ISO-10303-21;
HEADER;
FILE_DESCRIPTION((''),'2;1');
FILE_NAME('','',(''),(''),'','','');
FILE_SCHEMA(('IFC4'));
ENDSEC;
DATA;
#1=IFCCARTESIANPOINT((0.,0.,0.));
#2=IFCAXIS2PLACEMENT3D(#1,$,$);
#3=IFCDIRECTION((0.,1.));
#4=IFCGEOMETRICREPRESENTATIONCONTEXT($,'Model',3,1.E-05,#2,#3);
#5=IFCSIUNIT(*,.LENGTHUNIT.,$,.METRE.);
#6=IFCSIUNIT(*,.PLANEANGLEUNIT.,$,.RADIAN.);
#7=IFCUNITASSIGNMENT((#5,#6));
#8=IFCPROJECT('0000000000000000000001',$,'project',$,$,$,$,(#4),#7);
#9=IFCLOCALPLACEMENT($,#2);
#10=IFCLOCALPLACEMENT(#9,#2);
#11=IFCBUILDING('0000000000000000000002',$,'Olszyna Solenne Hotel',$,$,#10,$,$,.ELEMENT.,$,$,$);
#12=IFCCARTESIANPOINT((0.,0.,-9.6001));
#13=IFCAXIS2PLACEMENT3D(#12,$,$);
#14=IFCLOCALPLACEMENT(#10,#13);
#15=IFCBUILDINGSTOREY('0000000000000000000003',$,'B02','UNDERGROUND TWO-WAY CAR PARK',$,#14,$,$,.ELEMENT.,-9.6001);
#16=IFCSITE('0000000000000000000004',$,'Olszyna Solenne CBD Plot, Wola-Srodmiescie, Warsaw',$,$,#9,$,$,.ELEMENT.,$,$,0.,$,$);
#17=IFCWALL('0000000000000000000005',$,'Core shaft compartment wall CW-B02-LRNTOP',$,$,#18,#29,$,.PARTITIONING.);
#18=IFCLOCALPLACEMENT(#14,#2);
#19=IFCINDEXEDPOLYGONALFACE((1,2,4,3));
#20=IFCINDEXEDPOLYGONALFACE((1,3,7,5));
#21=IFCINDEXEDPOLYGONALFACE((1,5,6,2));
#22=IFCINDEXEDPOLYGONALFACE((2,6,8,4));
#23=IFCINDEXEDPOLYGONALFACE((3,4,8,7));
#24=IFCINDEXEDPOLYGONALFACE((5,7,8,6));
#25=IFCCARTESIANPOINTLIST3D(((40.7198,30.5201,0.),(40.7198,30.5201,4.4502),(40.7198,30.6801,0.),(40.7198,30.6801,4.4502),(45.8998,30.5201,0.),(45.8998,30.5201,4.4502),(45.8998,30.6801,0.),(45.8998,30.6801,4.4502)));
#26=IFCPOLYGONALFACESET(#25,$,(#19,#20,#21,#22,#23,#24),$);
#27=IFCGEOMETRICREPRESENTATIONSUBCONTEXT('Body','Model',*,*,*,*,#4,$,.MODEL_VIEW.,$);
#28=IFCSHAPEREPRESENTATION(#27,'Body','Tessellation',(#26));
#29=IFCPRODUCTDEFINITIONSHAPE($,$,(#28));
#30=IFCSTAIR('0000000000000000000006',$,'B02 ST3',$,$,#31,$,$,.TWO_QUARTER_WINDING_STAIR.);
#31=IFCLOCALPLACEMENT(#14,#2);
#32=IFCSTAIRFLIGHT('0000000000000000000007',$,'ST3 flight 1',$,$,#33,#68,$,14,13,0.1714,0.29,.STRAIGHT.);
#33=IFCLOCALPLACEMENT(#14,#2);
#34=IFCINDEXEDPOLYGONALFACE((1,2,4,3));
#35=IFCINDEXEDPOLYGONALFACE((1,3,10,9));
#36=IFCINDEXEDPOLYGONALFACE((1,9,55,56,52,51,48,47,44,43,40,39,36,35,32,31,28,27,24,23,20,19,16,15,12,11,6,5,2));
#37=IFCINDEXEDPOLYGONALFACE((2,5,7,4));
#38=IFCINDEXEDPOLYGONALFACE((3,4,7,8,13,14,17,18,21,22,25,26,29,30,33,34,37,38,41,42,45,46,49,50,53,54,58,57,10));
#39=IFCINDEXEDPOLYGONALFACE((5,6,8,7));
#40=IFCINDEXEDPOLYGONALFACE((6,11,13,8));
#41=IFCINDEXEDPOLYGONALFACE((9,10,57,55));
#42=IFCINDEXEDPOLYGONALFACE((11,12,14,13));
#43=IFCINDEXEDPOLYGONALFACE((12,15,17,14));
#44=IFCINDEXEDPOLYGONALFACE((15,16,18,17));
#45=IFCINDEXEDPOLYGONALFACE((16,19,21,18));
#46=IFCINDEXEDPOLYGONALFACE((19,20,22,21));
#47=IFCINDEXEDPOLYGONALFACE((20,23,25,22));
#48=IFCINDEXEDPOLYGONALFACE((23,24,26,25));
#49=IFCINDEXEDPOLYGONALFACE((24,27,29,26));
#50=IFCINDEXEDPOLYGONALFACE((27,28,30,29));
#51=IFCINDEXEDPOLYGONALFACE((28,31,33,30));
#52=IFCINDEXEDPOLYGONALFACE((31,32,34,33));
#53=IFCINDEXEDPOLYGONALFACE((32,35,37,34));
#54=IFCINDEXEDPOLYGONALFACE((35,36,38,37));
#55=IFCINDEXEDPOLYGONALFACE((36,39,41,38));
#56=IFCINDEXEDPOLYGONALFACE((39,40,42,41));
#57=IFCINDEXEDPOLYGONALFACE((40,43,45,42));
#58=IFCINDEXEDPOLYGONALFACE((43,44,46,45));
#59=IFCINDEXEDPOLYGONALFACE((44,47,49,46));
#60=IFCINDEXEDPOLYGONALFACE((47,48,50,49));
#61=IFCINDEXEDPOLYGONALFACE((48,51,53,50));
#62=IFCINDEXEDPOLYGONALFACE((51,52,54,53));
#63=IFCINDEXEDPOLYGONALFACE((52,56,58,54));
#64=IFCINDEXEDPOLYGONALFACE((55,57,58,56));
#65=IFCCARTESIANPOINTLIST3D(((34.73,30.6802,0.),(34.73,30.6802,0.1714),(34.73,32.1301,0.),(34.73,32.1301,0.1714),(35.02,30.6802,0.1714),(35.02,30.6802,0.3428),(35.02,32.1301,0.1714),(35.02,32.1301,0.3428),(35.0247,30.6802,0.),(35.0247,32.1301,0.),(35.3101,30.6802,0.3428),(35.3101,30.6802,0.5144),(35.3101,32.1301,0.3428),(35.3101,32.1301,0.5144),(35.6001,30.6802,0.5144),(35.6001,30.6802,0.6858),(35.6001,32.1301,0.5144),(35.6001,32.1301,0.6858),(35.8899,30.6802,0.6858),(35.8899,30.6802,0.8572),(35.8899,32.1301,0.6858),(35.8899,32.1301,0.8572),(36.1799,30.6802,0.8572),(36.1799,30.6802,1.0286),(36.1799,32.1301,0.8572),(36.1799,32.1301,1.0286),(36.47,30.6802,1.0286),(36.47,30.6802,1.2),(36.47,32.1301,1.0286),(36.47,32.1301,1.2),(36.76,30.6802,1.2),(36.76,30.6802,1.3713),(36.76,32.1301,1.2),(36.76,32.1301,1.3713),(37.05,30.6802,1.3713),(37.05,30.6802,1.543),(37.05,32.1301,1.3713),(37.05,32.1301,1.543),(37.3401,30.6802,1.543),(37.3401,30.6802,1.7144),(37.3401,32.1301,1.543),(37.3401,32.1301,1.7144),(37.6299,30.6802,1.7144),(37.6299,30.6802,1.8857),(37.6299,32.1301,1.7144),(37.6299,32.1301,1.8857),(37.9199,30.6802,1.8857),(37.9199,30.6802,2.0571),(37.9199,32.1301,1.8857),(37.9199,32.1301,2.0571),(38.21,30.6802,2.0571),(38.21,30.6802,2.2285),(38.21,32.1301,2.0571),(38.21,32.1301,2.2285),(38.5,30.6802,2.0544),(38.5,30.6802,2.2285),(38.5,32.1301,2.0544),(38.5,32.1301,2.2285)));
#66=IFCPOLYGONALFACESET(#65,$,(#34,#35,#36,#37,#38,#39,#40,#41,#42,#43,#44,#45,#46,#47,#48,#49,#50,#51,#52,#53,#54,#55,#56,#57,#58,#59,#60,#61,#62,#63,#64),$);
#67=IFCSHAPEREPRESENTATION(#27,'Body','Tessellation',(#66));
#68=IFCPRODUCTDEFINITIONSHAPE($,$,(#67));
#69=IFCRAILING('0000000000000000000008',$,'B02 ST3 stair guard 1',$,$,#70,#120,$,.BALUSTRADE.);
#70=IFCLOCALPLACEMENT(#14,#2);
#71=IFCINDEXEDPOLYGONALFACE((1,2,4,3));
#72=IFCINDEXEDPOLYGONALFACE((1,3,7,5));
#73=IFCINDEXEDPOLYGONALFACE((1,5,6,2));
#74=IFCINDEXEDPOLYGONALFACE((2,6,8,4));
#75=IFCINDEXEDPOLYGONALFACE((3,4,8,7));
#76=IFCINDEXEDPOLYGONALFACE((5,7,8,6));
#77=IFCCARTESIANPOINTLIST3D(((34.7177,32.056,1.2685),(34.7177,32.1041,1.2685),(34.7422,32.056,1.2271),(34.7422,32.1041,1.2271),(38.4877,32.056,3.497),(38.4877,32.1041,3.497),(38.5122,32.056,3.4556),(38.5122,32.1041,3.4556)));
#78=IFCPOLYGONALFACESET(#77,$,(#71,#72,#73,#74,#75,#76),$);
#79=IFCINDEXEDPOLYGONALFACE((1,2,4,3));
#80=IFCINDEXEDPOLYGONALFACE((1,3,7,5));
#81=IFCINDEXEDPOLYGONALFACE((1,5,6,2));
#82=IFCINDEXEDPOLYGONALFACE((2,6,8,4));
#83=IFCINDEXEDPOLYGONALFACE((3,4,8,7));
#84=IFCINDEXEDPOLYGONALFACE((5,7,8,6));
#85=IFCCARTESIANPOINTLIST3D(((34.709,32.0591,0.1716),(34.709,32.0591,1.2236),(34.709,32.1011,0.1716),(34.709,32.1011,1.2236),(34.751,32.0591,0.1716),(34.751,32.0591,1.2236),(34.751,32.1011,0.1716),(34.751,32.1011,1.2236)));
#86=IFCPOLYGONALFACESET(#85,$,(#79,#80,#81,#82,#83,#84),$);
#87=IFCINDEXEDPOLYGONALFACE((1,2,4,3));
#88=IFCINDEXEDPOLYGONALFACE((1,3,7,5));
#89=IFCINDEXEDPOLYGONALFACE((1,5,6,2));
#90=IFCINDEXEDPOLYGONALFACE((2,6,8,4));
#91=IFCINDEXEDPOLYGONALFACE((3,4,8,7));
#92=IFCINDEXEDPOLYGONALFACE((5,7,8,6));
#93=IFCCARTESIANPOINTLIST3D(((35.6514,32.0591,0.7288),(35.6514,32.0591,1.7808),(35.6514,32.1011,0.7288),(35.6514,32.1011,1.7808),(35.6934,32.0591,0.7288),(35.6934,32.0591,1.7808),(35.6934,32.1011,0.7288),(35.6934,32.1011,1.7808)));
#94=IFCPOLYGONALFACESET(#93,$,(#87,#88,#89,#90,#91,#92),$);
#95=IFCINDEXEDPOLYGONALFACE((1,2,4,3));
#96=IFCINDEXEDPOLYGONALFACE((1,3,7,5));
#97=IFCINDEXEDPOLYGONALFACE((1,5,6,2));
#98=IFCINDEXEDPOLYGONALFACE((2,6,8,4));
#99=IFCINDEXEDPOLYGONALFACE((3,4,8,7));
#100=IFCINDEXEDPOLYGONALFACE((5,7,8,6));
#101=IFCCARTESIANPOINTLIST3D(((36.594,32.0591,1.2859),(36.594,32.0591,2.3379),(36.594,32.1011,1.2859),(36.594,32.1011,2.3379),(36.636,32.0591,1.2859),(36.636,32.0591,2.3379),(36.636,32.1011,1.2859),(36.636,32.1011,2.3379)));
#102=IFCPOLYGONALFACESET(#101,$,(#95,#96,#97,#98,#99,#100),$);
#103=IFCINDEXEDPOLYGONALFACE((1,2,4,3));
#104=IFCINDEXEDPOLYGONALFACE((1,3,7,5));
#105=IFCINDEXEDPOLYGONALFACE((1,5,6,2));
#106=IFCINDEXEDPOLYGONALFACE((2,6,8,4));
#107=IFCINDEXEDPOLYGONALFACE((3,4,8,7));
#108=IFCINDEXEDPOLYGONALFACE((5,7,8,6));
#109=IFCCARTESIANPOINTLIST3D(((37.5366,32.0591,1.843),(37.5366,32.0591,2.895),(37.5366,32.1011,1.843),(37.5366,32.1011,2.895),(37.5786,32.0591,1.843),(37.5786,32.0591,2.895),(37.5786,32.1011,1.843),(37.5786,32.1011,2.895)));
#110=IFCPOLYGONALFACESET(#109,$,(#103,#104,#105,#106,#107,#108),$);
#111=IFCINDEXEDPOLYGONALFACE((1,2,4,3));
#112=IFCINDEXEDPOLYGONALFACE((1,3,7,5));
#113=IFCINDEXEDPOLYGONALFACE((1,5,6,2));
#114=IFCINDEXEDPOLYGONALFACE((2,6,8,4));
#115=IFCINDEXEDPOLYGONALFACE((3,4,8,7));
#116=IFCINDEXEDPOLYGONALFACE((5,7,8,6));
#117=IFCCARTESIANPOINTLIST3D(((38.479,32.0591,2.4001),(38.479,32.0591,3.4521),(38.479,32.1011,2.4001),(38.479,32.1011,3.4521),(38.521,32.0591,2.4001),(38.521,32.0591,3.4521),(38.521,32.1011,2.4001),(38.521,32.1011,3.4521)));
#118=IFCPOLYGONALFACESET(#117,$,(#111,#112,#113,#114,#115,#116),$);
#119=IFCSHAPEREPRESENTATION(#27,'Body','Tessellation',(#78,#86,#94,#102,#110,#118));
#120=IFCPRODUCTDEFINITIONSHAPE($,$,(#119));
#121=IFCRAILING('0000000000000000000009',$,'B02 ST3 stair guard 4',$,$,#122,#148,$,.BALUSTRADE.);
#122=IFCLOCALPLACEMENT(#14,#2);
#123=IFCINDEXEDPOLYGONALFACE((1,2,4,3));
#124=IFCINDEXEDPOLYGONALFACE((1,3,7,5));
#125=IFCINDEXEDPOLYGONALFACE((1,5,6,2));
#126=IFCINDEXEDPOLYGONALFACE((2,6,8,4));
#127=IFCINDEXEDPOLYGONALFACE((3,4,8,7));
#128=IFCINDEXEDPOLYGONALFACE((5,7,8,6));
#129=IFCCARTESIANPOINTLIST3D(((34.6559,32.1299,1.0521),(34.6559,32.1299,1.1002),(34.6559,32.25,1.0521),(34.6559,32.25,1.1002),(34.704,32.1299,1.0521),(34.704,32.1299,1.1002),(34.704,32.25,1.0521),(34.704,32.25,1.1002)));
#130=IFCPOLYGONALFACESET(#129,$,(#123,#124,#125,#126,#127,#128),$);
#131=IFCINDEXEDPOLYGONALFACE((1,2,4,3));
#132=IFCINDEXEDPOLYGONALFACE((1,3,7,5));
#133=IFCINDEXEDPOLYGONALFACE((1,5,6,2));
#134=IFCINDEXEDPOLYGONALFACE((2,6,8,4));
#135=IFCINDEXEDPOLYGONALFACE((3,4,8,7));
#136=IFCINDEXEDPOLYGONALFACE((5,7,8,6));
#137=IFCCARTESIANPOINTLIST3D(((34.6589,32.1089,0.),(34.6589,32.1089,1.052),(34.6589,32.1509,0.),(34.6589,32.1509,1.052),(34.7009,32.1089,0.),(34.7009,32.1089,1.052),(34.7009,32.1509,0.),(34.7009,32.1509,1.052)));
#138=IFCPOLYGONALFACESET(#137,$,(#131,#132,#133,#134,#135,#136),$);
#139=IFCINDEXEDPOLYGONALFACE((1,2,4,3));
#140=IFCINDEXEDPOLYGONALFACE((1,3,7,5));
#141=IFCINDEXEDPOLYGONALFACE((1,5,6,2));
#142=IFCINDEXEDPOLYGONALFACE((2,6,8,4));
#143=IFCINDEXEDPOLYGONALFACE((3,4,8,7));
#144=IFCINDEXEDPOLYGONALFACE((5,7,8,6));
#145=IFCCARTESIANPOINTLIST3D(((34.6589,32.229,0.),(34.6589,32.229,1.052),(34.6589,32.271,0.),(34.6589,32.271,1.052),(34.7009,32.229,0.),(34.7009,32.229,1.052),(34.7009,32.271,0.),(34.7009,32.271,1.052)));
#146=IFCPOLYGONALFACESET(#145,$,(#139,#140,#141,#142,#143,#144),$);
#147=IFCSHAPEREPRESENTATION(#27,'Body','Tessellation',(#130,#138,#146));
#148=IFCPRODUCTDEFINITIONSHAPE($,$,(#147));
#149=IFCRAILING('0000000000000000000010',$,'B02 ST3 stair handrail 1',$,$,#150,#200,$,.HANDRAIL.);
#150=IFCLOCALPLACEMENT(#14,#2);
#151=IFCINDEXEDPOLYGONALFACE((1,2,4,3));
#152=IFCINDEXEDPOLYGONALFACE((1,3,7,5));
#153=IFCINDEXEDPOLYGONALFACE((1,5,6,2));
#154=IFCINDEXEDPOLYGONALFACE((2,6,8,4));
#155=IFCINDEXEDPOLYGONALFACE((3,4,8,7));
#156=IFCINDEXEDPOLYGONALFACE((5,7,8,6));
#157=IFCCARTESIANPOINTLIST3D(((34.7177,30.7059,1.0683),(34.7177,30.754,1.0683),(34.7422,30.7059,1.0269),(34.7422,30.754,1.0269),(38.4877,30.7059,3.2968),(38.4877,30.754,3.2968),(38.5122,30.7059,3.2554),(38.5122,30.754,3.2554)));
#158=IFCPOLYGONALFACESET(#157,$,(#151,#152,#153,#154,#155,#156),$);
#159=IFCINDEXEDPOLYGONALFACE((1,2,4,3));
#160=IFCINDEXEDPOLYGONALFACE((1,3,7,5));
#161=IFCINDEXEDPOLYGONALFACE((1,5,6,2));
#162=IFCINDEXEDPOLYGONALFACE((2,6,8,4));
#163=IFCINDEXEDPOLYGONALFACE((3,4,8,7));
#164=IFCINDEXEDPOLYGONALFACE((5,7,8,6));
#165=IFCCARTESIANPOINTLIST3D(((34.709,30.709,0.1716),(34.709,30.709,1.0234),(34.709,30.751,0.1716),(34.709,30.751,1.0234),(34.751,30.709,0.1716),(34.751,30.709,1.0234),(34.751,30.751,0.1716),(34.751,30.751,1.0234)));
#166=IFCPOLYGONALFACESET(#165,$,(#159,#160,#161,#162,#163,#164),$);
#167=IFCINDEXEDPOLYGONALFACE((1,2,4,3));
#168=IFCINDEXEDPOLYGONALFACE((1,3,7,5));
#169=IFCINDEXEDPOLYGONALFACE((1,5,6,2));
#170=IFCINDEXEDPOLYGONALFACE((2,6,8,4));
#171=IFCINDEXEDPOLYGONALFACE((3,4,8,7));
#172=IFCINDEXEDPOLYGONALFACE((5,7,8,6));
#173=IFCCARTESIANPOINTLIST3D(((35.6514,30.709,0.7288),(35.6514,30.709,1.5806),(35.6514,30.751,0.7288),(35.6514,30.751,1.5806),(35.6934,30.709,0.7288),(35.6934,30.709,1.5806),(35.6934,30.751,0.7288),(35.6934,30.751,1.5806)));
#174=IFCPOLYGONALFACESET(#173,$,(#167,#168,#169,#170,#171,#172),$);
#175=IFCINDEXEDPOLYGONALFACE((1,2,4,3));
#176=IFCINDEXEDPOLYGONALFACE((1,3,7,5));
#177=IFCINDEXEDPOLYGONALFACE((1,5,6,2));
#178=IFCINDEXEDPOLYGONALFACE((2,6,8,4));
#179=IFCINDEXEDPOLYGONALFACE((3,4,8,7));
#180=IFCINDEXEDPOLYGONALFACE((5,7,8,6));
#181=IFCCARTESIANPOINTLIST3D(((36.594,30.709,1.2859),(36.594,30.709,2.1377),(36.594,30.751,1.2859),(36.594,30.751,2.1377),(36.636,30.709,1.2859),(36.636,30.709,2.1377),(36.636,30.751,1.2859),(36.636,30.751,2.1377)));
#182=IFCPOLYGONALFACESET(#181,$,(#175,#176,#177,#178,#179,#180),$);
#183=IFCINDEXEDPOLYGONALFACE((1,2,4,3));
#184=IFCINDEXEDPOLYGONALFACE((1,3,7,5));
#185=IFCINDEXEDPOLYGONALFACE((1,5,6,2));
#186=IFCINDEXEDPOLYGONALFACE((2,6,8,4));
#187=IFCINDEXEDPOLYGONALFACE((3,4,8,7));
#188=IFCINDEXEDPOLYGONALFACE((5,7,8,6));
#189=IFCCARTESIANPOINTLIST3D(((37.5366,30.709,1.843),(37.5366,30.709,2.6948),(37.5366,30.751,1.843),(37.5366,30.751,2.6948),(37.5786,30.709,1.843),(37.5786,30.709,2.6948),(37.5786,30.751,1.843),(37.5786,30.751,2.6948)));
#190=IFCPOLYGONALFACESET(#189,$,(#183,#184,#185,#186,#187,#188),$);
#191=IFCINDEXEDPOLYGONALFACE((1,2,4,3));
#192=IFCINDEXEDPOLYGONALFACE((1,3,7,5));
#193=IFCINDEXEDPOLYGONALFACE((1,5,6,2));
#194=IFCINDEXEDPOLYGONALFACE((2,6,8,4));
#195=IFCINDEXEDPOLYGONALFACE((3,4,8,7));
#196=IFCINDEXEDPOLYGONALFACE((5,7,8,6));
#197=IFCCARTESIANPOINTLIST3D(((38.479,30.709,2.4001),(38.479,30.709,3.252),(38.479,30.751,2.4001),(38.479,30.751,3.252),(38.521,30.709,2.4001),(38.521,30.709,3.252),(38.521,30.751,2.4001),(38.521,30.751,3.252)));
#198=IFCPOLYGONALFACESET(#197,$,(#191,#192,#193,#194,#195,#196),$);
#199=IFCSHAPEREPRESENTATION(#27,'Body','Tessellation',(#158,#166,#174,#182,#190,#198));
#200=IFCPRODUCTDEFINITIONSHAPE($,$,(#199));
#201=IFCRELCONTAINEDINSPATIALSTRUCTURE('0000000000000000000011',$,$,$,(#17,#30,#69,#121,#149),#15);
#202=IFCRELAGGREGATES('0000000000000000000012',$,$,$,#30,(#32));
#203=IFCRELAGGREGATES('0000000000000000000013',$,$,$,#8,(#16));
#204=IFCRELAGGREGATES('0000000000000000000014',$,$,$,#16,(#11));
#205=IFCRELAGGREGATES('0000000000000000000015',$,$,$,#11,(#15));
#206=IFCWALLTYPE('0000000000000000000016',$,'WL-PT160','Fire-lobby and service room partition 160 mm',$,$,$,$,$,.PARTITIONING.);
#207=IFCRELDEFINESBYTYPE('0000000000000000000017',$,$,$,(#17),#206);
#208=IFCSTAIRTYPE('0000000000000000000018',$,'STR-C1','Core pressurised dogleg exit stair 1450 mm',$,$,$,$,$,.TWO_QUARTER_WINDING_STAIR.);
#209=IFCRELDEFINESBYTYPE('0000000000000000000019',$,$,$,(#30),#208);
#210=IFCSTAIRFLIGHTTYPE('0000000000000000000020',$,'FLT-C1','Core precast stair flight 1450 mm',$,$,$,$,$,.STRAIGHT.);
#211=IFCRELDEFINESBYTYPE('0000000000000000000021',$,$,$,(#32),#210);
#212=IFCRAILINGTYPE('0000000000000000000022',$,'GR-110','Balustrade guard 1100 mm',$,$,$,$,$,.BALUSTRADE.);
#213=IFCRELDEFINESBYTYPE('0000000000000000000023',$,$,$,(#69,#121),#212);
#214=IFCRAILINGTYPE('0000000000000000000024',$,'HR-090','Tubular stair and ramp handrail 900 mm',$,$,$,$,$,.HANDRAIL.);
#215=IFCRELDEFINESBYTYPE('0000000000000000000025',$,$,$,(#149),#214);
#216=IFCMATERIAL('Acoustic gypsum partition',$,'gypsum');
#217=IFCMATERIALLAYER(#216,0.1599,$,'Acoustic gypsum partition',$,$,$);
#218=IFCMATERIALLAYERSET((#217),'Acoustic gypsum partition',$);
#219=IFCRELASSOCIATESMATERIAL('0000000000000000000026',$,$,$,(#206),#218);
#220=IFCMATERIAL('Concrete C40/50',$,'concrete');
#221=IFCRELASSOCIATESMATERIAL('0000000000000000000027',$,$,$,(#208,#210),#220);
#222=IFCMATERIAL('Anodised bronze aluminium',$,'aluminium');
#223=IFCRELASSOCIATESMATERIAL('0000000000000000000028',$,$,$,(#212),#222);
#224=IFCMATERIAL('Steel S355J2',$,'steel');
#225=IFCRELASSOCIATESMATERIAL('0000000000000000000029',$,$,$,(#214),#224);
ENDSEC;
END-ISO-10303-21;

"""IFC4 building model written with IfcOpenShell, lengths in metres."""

from ifc_helpers import new_model, si_unit, direction, frame, frame_2d, origin, origin_2d, place, context, subcontext, project, spatial, polyline, rectangle, outline, extrude, material, layer, layer_set, type_object, element, aggregate, save


model = new_model("IFC4")

# Units and contexts
model_context = context("Model", 3, precision=1e-05, world=origin(), true_north=direction((0.0, 1.0)))
body_context = subcontext(model_context, "Body", "Model", "MODEL_VIEW")
ifc_project = project(units=[si_unit("LENGTHUNIT", "METRE"), si_unit("PLANEANGLEUNIT", "RADIAN")], contexts=[model_context])

# Site, building, storey
site_placement = place(None, origin())
site = spatial("IfcSite", under=ifc_project, at=site_placement, Name="Olszyna Solenne CBD Plot, Wola-Srodmiescie, Warsaw", CompositionType="ELEMENT", RefElevation=0.0)
building_placement = place(site_placement, origin())
building = spatial("IfcBuilding", under=site, at=building_placement, Name="Olszyna Solenne Hotel", CompositionType="ELEMENT")
storey_placement = place(building_placement, frame((0.0, 0.0, -9.6001)))
storey = spatial("IfcBuildingStorey", under=building, at=storey_placement, Name="B02", Description="UNDERGROUND TWO-WAY CAR PARK", CompositionType="ELEMENT", Elevation=-9.6001)

# Shared definitions
ifc_material_1 = material(Name="Concrete C40/50", Category="concrete")

# Shared definitions
ifc_material_2 = material(Name="Steel S355J2", Category="steel")

# Shared definitions
ifc_material_3 = material(Name="Acoustic gypsum partition", Category="gypsum")
ifc_layer = layer(ifc_material_3, 0.1599, Name="Acoustic gypsum partition")
ifc_layer_set = layer_set([ifc_layer], Name="Acoustic gypsum partition")
wall_type = type_object("IfcWallType", Name="WL-PT160", Description="Fire-lobby and service room partition 160 mm", PredefinedType="PARTITIONING", material=ifc_layer_set)

# Wall
wall_1_placement = place(storey_placement, frame((40.72, 30.6001, 0.0), z_axis=(0.0, 0.0, 1.0), x_axis=(1.0, 0.0, 0.0)))
element("IfcWall", 1, at=wall_1_placement, inside=storey, type_object=wall_type, Name="Core shaft compartment wall CW-B02-LRNTOP", PredefinedType="PARTITIONING", context=body_context, shape_type="SweptSolid", body=[
    extrude(rectangle(XDim=5.1799, YDim=0.1599, at=frame_2d((2.5898, 0.0))), origin(), (0.0, 0.0, 1.0), 4.4502),
])

# Stair, stair flight
stair_type = type_object("IfcStairType", Name="STR-C1", Description="Core pressurised dogleg exit stair 1450 mm", PredefinedType="TWO_QUARTER_WINDING_STAIR", material=ifc_material_1)
stair_placement = place(storey_placement, origin())
stair = element("IfcStair", 2, at=stair_placement, inside=storey, type_object=stair_type, Name="B02 ST3", PredefinedType="TWO_QUARTER_WINDING_STAIR")
stair_flight_type = type_object("IfcStairFlightType", Name="FLT-C1", Description="Core precast stair flight 1450 mm", PredefinedType="STRAIGHT", material=ifc_material_1)
stair_flight_placement = place(storey_placement, frame((34.73, 31.405, 0.0), z_axis=(0.0, 0.0, 1.0), x_axis=(1.0, 0.0, 0.0)))
stair_flight = element("IfcStairFlight", 3, at=stair_flight_placement, type_object=stair_flight_type, Name="ST3 flight 1", NumberOfRisers=14, NumberOfTreads=13, PredefinedType="STRAIGHT", RiserHeight=0.1714, TreadLength=0.29, context=body_context, shape_type="SweptSolid", body=[
    extrude(outline(polyline([(0.0, 0.0), (0.0, 0.1714), (0.29, 0.1714), (0.29, 0.3428), (0.5801, 0.3428), (0.5801, 0.5144), (0.8701, 0.5144), (0.8701, 0.6858), (1.1599, 0.6858), (1.1599, 0.8572), (1.45, 0.8572), (1.45, 1.0286), (1.74, 1.0286), (1.74, 1.2), (2.03, 1.2), (2.03, 1.3713), (2.3201, 1.3713), (2.3201, 1.543), (2.6101, 1.543), (2.6101, 1.7144), (2.8999, 1.7144), (2.8999, 1.8857), (3.1899, 1.8857), (3.1899, 2.0571), (3.48, 2.0571), (3.48, 2.2285), (3.77, 2.2285), (3.77, 2.3999), (3.77, 2.0544), (0.2947, 0.0), (0.0, 0.0)])), frame((0.0, 0.7251, 0.0), z_axis=(0.0, -1.0, 0.0), x_axis=(1.0, 0.0, 0.0)), (0.0, 0.0, 1.0), 1.45),
])
aggregate(stair, [stair_flight])

# Railings
ifc_material_4 = material(Name="Anodised bronze aluminium", Category="aluminium")
railing_type_1 = type_object("IfcRailingType", Name="GR-110", Description="Balustrade guard 1100 mm", PredefinedType="BALUSTRADE", material=ifc_material_4)
railing_1_placement = place(storey_placement, frame((34.73, 32.0801, 0.1716)))
element("IfcRailing", 4, at=railing_1_placement, inside=storey, type_object=railing_type_1, Name="B02 ST3 stair guard 1", PredefinedType="BALUSTRADE", context=body_context, shape_type="SweptSolid", body=[
    extrude(rectangle(XDim=0.0481, YDim=0.0481, at=origin_2d()), frame((0.0, 0.0, 1.0762), z_axis=(0.860849, 0.0, 0.508861), x_axis=(0.0, 1.0, 0.0)), (0.0, 0.0, 1.0), 4.3794),
    extrude(rectangle(XDim=0.042, YDim=0.042, at=origin_2d()), origin(), (0.0, 0.0, 1.0), 1.052),
    extrude(rectangle(XDim=0.042, YDim=0.042, at=origin_2d()), frame((0.9424, 0.0, 0.5571)), (0.0, 0.0, 1.0), 1.052),
    extrude(rectangle(XDim=0.042, YDim=0.042, at=origin_2d()), frame((1.885, 0.0, 1.1143)), (0.0, 0.0, 1.0), 1.052),
    extrude(rectangle(XDim=0.042, YDim=0.042, at=origin_2d()), frame((2.8276, 0.0, 1.6714)), (0.0, 0.0, 1.0), 1.052),
    extrude(rectangle(XDim=0.042, YDim=0.042, at=origin_2d()), frame((3.77, 0.0, 2.2285)), (0.0, 0.0, 1.0), 1.052),
])
railing_2_placement = place(storey_placement, frame((34.6799, 32.1299, 0.0)))
element("IfcRailing", 5, at=railing_2_placement, inside=storey, type_object=railing_type_1, Name="B02 ST3 stair guard 4", PredefinedType="BALUSTRADE", context=body_context, shape_type="SweptSolid", body=[
    extrude(rectangle(XDim=0.0481, YDim=0.0481, at=origin_2d()), frame((0.0, 0.0, 1.0762), z_axis=(0.0, 1.0, 0.0), x_axis=(-1.0, 0.0, 0.0)), (0.0, 0.0, 1.0), 0.1201),
    extrude(rectangle(XDim=0.042, YDim=0.042, at=origin_2d()), origin(), (0.0, 0.0, 1.0), 1.052),
    extrude(rectangle(XDim=0.042, YDim=0.042, at=origin_2d()), frame((0.0, 0.1201, 0.0)), (0.0, 0.0, 1.0), 1.052),
])
railing_type_2 = type_object("IfcRailingType", Name="HR-090", Description="Tubular stair and ramp handrail 900 mm", PredefinedType="HANDRAIL", material=ifc_material_2)
railing_3_placement = place(storey_placement, frame((34.73, 30.73, 0.1716)))
element("IfcRailing", 6, at=railing_3_placement, inside=storey, type_object=railing_type_2, Name="B02 ST3 stair handrail 1", PredefinedType="HANDRAIL", context=body_context, shape_type="SweptSolid", body=[
    extrude(rectangle(XDim=0.0481, YDim=0.0481, at=origin_2d()), frame((0.0, 0.0, 0.876), z_axis=(0.860849, 0.0, 0.508861), x_axis=(0.0, 1.0, 0.0)), (0.0, 0.0, 1.0), 4.3794),
    extrude(rectangle(XDim=0.042, YDim=0.042, at=origin_2d()), origin(), (0.0, 0.0, 1.0), 0.8518),
    extrude(rectangle(XDim=0.042, YDim=0.042, at=origin_2d()), frame((0.9424, 0.0, 0.5571)), (0.0, 0.0, 1.0), 0.8518),
    extrude(rectangle(XDim=0.042, YDim=0.042, at=origin_2d()), frame((1.885, 0.0, 1.1143)), (0.0, 0.0, 1.0), 0.8518),
    extrude(rectangle(XDim=0.042, YDim=0.042, at=origin_2d()), frame((2.8276, 0.0, 1.6714)), (0.0, 0.0, 1.0), 0.8518),
    extrude(rectangle(XDim=0.042, YDim=0.042, at=origin_2d()), frame((3.77, 0.0, 2.2285)), (0.0, 0.0, 1.0), 0.8518),
])

save(model, "model.ifc")
